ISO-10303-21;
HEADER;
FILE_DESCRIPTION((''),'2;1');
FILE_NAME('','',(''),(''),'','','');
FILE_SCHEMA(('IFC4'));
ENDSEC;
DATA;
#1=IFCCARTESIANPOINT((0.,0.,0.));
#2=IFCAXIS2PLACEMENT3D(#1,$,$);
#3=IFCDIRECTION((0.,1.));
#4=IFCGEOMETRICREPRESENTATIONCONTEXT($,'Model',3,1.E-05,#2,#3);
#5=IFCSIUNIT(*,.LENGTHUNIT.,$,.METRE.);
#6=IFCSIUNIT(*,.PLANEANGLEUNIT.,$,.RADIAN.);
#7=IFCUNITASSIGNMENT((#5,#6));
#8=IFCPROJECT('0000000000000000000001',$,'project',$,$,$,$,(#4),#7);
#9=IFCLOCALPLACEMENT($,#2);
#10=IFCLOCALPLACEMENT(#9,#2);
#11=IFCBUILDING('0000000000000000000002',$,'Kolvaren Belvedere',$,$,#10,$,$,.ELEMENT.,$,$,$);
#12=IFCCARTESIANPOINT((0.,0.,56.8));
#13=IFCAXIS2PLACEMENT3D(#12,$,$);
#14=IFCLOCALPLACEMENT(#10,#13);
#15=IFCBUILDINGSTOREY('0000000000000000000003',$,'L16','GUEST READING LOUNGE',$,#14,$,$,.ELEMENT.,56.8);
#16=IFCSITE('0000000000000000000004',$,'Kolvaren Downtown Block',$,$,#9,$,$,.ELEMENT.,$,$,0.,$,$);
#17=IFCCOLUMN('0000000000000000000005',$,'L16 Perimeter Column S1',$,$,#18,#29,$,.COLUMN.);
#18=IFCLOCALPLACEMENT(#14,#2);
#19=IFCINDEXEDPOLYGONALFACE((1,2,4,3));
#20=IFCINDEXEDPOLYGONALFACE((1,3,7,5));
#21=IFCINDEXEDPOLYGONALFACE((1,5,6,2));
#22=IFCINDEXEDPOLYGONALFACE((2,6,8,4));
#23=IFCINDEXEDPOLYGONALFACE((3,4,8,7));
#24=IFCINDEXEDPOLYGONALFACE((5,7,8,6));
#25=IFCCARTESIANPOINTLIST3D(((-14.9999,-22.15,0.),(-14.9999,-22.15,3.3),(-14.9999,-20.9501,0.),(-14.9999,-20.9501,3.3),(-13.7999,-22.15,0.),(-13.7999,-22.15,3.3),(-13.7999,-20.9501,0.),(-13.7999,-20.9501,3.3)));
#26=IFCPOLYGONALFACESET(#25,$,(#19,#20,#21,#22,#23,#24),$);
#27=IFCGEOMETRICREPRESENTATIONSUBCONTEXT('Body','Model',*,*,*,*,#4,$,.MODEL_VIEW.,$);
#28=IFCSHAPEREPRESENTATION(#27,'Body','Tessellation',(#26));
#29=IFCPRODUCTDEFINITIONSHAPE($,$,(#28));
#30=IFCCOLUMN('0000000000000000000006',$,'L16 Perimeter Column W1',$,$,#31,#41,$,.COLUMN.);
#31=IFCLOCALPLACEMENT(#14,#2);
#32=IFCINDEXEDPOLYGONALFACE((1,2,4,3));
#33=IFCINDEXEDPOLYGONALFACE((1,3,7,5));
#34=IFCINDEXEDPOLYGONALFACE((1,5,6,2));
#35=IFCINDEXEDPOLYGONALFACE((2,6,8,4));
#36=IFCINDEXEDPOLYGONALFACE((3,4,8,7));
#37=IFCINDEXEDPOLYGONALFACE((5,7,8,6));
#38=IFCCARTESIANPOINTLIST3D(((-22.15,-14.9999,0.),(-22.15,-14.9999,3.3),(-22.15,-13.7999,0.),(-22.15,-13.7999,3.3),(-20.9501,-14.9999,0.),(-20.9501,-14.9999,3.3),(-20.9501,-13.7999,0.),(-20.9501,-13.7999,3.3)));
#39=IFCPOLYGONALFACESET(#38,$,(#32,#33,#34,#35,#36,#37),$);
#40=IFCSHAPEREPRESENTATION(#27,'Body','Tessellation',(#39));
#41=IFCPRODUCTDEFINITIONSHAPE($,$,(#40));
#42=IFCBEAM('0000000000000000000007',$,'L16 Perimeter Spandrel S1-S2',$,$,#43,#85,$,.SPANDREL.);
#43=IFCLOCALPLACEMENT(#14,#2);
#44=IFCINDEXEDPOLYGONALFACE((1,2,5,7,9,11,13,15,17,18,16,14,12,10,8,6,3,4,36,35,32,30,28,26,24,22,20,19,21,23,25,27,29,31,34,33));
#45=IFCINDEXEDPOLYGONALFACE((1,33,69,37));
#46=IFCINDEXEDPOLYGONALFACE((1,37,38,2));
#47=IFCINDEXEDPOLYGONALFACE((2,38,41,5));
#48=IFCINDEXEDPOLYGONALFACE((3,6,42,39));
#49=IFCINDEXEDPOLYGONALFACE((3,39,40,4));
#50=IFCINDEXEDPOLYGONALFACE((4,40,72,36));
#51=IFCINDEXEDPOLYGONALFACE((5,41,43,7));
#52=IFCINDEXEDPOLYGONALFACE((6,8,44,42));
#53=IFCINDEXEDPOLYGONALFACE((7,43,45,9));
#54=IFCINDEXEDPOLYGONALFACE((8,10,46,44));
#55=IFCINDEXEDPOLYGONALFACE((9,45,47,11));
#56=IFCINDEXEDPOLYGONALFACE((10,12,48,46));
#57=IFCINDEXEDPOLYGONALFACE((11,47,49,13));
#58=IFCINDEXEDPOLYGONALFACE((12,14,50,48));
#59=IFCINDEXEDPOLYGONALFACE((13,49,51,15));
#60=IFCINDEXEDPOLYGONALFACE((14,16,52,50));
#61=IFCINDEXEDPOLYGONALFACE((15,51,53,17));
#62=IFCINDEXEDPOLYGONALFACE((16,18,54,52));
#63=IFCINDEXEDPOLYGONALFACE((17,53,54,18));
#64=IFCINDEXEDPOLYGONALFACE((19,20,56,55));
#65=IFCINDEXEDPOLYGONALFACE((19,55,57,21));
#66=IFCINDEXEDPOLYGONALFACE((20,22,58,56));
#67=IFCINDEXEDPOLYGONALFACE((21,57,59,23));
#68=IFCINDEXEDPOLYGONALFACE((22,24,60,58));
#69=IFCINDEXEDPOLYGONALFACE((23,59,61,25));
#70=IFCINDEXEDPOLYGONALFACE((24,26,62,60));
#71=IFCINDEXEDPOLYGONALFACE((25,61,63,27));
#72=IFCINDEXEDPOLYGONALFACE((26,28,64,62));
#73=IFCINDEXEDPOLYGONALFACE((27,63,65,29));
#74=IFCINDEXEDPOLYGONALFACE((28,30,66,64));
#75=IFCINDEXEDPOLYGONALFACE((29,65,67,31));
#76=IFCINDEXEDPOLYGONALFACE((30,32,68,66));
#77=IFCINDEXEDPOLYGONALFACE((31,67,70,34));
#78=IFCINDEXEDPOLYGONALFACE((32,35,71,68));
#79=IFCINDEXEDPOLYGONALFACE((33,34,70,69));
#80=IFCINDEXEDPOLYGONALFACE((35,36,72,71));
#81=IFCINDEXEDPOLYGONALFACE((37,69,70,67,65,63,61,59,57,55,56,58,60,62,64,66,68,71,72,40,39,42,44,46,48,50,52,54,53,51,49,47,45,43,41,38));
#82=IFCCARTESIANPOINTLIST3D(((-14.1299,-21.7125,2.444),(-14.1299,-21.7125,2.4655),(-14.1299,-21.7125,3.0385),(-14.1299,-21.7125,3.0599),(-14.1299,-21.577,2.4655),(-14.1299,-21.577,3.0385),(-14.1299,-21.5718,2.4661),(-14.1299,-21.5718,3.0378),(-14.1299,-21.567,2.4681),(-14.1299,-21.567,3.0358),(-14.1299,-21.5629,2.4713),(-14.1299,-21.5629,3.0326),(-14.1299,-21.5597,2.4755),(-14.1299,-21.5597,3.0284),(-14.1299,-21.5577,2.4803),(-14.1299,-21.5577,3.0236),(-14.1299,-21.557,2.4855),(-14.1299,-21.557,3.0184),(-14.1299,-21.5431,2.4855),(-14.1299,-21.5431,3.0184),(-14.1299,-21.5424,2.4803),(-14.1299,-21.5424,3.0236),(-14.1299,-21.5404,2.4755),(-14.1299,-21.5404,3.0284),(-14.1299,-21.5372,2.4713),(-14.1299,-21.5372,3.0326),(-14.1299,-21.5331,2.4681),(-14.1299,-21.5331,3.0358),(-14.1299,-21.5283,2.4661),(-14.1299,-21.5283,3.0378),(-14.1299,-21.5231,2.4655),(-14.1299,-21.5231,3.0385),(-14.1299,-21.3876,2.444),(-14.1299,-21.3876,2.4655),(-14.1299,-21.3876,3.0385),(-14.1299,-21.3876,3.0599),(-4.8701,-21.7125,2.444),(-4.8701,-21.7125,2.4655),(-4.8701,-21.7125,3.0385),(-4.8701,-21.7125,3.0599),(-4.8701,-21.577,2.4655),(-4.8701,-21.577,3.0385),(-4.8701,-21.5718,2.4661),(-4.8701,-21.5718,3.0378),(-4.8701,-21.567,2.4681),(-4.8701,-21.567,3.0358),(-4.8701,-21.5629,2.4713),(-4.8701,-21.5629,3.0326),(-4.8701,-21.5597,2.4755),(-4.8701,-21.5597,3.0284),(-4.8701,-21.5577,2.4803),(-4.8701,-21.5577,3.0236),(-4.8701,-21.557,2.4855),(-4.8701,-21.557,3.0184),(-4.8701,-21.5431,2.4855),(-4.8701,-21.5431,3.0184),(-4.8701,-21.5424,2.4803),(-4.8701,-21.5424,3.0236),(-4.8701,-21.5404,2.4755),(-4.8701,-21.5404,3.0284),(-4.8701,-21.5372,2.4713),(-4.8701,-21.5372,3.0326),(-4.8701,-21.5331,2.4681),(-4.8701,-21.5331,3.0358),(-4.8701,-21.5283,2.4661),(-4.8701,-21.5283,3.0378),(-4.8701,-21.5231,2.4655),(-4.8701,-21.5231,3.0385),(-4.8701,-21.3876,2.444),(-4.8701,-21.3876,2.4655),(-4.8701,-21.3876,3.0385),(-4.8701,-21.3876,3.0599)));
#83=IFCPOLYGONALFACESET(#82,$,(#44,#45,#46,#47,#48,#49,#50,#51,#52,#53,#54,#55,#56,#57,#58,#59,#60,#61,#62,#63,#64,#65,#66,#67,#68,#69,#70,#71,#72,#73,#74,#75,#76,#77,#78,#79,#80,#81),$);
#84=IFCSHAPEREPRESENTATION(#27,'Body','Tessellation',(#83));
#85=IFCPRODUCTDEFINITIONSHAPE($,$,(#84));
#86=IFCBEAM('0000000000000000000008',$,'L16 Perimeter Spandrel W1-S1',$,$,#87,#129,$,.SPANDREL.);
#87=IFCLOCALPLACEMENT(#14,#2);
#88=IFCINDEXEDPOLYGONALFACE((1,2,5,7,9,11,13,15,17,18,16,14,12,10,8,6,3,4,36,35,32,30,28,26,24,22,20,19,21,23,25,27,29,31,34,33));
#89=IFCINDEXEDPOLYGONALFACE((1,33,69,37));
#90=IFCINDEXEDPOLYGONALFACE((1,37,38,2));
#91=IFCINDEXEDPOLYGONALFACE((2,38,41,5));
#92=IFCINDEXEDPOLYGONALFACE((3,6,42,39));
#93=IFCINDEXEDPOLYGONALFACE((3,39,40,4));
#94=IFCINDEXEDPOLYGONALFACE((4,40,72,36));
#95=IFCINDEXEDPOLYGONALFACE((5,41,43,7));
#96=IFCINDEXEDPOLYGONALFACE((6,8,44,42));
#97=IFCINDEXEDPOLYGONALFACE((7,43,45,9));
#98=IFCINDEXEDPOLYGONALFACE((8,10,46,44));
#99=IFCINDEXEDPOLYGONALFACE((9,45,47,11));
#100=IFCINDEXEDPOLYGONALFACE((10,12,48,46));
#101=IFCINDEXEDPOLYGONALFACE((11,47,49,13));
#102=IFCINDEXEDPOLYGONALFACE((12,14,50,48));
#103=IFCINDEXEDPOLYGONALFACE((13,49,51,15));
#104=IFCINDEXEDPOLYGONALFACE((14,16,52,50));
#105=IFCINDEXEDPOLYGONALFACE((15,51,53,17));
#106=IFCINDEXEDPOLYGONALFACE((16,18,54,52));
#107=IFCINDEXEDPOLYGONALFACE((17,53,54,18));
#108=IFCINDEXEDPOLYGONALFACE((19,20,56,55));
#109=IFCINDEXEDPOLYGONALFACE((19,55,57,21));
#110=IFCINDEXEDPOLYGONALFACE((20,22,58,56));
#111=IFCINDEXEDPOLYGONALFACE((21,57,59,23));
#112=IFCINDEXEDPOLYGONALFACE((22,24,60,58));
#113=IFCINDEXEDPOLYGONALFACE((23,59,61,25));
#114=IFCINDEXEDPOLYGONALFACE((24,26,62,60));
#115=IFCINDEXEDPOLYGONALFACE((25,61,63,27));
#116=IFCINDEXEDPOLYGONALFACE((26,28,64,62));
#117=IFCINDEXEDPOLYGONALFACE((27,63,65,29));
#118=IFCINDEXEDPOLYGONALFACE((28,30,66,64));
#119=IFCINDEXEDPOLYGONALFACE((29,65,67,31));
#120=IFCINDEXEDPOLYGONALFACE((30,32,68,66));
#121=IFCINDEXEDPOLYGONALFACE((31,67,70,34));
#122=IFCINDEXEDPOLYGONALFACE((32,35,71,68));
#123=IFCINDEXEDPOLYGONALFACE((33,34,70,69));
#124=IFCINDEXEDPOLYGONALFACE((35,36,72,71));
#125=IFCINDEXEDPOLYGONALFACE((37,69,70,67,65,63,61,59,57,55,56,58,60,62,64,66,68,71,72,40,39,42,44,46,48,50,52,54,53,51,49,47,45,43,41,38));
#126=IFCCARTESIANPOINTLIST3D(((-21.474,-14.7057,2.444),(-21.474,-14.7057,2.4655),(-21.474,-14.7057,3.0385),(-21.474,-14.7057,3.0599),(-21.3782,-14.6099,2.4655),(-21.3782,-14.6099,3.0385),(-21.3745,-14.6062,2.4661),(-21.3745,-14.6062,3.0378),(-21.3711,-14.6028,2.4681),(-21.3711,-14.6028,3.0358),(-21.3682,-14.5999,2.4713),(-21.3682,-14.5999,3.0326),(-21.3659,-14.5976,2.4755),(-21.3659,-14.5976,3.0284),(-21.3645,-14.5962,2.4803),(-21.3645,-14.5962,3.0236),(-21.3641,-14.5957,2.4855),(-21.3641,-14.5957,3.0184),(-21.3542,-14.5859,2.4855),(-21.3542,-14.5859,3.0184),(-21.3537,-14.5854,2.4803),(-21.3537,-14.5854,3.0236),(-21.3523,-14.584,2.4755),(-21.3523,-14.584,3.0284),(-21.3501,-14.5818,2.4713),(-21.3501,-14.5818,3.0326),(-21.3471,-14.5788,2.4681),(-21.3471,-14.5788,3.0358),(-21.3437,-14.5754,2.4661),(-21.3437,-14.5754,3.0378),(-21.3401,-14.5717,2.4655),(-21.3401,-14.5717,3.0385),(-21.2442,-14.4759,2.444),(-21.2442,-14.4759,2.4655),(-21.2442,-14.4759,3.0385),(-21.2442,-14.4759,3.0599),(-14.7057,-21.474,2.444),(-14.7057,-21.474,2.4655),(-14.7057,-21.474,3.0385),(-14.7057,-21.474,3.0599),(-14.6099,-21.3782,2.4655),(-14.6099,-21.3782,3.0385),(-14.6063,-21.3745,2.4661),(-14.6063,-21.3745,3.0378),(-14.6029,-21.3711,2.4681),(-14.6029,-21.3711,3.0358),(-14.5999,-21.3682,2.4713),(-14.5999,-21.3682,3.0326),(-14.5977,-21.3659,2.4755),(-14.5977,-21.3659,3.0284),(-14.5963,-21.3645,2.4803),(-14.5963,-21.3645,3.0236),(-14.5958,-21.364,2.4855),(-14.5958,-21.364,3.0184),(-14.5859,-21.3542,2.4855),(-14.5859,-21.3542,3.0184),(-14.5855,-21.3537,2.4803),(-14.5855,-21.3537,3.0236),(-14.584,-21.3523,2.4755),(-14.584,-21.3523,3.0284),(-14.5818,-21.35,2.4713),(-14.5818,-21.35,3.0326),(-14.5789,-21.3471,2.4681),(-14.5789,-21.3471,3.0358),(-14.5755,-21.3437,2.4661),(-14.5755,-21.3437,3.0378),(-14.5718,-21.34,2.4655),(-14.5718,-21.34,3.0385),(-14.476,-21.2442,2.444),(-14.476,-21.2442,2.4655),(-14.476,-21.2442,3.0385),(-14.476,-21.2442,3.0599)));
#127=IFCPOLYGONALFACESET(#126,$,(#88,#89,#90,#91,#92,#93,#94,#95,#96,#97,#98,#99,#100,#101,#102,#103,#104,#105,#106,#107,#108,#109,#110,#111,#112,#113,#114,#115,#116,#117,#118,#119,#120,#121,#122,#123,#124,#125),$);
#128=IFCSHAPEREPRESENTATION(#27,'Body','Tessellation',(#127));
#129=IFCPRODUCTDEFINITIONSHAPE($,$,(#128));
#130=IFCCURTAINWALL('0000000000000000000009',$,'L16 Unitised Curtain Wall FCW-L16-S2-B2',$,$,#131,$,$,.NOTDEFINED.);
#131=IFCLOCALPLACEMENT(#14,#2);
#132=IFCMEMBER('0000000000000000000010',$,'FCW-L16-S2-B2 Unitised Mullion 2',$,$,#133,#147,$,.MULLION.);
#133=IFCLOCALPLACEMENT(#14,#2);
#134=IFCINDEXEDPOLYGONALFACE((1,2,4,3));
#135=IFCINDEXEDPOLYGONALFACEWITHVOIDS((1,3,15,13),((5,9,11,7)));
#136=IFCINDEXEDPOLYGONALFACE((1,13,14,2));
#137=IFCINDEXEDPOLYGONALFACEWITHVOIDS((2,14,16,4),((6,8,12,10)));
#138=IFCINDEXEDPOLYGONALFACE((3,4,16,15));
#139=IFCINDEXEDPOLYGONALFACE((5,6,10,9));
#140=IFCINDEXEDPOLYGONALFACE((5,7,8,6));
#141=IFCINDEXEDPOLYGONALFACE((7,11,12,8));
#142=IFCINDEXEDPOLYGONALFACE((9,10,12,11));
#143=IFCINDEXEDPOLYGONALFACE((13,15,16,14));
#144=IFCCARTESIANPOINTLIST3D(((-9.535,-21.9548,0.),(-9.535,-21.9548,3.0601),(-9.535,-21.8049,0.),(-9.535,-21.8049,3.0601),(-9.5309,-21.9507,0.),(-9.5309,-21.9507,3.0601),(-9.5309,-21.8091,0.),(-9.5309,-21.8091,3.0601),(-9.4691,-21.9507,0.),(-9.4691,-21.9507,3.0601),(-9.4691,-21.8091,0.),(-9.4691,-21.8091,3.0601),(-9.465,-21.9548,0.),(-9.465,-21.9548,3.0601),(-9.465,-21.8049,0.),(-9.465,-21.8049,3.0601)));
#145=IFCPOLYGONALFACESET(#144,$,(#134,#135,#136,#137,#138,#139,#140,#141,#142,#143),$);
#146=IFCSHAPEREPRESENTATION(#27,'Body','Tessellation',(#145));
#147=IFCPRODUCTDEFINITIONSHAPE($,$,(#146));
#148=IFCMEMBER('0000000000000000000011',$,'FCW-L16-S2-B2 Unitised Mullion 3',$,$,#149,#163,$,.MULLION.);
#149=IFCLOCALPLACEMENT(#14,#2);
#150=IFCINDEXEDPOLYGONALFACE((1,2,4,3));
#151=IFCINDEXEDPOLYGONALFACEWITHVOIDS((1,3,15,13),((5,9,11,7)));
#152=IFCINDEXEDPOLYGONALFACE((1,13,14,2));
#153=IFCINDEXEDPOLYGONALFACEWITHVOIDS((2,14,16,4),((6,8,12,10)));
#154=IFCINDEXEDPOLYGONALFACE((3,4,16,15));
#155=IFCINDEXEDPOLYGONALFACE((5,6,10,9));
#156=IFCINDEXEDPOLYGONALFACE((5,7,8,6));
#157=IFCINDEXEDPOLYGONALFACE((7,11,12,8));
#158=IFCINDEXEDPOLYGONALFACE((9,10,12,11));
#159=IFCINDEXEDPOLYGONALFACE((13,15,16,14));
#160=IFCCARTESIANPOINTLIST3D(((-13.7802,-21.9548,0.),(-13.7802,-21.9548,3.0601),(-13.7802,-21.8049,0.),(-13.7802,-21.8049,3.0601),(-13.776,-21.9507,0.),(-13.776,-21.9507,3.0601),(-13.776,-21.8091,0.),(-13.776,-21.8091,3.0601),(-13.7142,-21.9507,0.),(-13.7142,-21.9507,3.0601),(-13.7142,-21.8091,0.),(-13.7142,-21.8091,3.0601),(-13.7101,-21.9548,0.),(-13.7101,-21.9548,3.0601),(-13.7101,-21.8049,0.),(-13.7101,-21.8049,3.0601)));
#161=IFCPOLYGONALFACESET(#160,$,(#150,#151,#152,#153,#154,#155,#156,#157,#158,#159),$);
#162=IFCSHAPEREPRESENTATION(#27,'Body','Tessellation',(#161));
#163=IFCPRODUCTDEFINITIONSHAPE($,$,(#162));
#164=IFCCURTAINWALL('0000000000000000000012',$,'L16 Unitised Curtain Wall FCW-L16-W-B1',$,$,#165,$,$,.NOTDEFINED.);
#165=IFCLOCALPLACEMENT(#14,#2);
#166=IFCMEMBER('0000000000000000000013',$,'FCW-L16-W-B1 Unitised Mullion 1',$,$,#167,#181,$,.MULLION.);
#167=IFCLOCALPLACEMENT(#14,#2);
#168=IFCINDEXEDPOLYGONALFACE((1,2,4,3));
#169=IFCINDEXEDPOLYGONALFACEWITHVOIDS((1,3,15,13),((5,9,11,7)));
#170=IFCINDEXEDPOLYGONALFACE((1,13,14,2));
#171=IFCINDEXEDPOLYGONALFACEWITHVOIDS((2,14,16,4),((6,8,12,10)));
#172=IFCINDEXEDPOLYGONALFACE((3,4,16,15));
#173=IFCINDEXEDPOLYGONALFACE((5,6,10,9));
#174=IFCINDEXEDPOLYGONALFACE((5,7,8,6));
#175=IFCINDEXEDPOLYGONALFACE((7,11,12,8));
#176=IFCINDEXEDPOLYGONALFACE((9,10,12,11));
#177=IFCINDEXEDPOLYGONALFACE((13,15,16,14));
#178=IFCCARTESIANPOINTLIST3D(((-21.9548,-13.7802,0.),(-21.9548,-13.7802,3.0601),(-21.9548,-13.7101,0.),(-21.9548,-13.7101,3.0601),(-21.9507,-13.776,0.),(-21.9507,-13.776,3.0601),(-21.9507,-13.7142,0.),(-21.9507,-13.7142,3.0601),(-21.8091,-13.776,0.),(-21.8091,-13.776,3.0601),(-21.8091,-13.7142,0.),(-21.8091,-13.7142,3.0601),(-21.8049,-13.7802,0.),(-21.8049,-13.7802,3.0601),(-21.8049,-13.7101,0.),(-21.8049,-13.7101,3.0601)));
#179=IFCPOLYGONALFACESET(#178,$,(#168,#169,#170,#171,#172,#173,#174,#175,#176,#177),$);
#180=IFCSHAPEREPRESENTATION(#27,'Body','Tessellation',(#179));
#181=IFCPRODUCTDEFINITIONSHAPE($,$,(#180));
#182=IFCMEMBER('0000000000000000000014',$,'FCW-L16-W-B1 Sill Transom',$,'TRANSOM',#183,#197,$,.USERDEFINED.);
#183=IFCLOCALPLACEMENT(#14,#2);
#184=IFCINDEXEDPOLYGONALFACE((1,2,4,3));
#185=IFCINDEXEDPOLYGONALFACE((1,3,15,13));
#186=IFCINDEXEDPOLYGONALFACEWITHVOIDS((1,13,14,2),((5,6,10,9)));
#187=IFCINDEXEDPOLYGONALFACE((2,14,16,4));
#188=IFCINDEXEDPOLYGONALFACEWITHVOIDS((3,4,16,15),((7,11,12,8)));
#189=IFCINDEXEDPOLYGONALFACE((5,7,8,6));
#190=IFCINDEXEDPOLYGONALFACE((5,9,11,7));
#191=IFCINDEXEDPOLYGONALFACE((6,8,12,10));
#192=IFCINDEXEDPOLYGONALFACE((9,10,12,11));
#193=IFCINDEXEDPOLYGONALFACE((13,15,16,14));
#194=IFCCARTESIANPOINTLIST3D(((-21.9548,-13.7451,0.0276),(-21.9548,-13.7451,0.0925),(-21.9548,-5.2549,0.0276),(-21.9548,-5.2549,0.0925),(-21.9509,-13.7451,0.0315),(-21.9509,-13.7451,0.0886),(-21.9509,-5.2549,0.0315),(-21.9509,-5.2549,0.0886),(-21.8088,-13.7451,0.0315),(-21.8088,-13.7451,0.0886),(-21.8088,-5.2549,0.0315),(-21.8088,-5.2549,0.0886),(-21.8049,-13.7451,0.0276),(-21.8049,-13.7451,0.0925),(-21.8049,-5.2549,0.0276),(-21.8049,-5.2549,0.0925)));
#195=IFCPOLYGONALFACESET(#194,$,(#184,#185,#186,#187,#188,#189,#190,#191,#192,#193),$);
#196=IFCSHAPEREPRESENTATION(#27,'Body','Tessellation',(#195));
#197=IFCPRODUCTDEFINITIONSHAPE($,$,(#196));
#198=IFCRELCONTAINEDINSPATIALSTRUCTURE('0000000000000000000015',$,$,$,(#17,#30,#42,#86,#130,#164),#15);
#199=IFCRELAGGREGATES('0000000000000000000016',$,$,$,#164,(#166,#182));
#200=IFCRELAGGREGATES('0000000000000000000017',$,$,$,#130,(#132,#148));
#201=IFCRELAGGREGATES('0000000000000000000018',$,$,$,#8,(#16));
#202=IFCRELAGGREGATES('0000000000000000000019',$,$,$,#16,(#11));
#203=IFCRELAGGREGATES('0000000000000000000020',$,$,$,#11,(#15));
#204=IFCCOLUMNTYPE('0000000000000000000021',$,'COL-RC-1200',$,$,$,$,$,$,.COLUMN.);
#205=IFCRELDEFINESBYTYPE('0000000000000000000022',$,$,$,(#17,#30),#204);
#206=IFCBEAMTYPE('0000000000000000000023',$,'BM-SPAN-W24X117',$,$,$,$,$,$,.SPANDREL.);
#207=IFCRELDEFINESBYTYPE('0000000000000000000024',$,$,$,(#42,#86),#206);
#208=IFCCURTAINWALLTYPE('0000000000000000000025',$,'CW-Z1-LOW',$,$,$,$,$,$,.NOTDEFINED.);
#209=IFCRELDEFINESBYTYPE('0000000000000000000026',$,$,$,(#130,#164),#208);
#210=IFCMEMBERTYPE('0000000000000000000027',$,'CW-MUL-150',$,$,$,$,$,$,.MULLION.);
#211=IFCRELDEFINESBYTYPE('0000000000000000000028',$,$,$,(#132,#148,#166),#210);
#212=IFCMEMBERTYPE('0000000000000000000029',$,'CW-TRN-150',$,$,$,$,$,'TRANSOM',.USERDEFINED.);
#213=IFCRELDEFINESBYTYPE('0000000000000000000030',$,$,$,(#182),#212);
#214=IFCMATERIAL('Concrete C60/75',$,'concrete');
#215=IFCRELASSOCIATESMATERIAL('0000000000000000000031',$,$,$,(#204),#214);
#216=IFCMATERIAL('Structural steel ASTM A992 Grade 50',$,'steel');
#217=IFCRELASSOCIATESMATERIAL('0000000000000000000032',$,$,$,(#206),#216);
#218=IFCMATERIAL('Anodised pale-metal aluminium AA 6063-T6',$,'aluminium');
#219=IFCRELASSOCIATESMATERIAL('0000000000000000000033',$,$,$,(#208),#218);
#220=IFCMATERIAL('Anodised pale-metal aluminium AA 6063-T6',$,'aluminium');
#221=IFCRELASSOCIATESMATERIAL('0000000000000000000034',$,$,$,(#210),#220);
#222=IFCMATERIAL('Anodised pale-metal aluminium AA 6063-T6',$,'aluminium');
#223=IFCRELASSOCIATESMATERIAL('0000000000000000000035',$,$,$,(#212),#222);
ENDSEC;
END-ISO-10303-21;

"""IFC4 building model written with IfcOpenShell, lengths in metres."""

from ifc_helpers import new_model, si_unit, direction, frame, origin, origin_2d, place, context, subcontext, project, spatial, rectangle, hollow_rectangle, i_section, extrude, material, material_profile, profile_set, type_object, element, aggregate, save


model = new_model("IFC4")

# Units and contexts
model_context = context("Model", 3, precision=1e-05, world=origin(), true_north=direction((0.0, 1.0)))
body_context = subcontext(model_context, "Body", "Model", "MODEL_VIEW")
ifc_project = project(units=[si_unit("LENGTHUNIT", "METRE"), si_unit("PLANEANGLEUNIT", "RADIAN")], contexts=[model_context])

# Site, building, storey
site_placement = place(None, origin())
site = spatial("IfcSite", under=ifc_project, at=site_placement, Name="Kolvaren Downtown Block", CompositionType="ELEMENT", RefElevation=0.0)
building_placement = place(site_placement, origin())
building = spatial("IfcBuilding", under=site, at=building_placement, Name="Kolvaren Belvedere", CompositionType="ELEMENT")
storey_placement = place(building_placement, frame((0.0, 0.0, 56.8)))
storey = spatial("IfcBuildingStorey", under=building, at=storey_placement, Name="L16", Description="GUEST READING LOUNGE", CompositionType="ELEMENT", Elevation=56.8)

# Columns
ifc_material_1 = material(Name="Concrete C60/75", Category="concrete")
ifc_material_profile_1 = material_profile(ifc_material_1, rectangle(XDim=1.2, YDim=1.2, at=origin_2d()), Name="RC 1200X1200")
ifc_profile_set_1 = profile_set([ifc_material_profile_1], Name="Concrete C60/75")
column_type = type_object("IfcColumnType", Name="COL-RC-1200", PredefinedType="COLUMN", material=ifc_profile_set_1)
for number, where, z_axis, x_axis, name in (
    (1, (-14.3999, -21.55, 0.0), (0.0, 0.0, 1.0), (1.0, 0.0, 0.0), "L16 Perimeter Column S1"),
    (2, (-21.55, -14.3999, 0.0), (0.0, 0.0, 1.0), (1.0, 0.0, 0.0), "L16 Perimeter Column W1"),
):
    element("IfcColumn", number, at=place(storey_placement, frame(where, z_axis=z_axis, x_axis=x_axis)), inside=storey, type_object=column_type, Name=name, PredefinedType="COLUMN", context=body_context, shape_type="SweptSolid", body=[
        extrude(rectangle(XDim=1.2, YDim=1.2, at=origin_2d()), origin(), (0.0, 0.0, 1.0), 3.3),
    ])

# Beams
ifc_material_2 = material(Name="Structural steel ASTM A992 Grade 50", Category="steel")
ifc_material_profile_2 = material_profile(ifc_material_2, i_section(OverallWidth=0.325, OverallDepth=0.616, WebThickness=0.0139, FlangeThickness=0.0215, FilletRadius=0.02, at=origin_2d()), Name="W24X117")
ifc_profile_set_2 = profile_set([ifc_material_profile_2], Name="Structural steel ASTM A992 Grade 50")
beam_type = type_object("IfcBeamType", Name="BM-SPAN-W24X117", PredefinedType="SPANDREL", material=ifc_profile_set_2)
beam_1_placement = place(storey_placement, frame((-14.1299, -21.55, 2.752), z_axis=(1.0, 0.0, 0.0), x_axis=(0.0, 1.0, 0.0)))
element("IfcBeam", 3, at=beam_1_placement, inside=storey, type_object=beam_type, Name="L16 Perimeter Spandrel S1-S2", PredefinedType="SPANDREL", context=body_context, shape_type="SweptSolid", body=[
    extrude(i_section(OverallWidth=0.325, OverallDepth=0.616, WebThickness=0.0139, FlangeThickness=0.0215, FilletRadius=0.02, at=origin_2d()), origin(), (0.0, 0.0, 1.0), 9.2598),
])
beam_2_placement = place(storey_placement, frame((-21.3591, -14.5908, 2.752), z_axis=(0.707107, -0.707107, 0.0), x_axis=(0.707107, 0.707107, 0.0)))
element("IfcBeam", 4, at=beam_2_placement, inside=storey, type_object=beam_type, Name="L16 Perimeter Spandrel W1-S1", PredefinedType="SPANDREL", context=body_context, shape_type="SweptSolid", body=[
    extrude(i_section(OverallWidth=0.325, OverallDepth=0.616, WebThickness=0.0139, FlangeThickness=0.0215, FilletRadius=0.02, at=origin_2d()), origin(), (0.0, 0.0, 1.0), 9.5718),
])

# Curtain walls, members
ifc_material_3 = material(Name="Anodised pale-metal aluminium AA 6063-T6", Category="aluminium")
curtain_wall_type = type_object("IfcCurtainWallType", Name="CW-Z1-LOW", PredefinedType="NOTDEFINED", material=ifc_material_3)
curtain_wall_1_placement = place(storey_placement, origin())
curtain_wall_1 = element("IfcCurtainWall", 5, at=curtain_wall_1_placement, inside=storey, type_object=curtain_wall_type, Name="L16 Unitised Curtain Wall FCW-L16-S2-B2", PredefinedType="NOTDEFINED")
ifc_material_4 = material(Name="Anodised pale-metal aluminium AA 6063-T6", Category="aluminium")
ifc_material_profile_3 = material_profile(ifc_material_4, hollow_rectangle(XDim=0.0701, YDim=0.1499, WallThickness=0.0042, at=origin_2d()), Name="ALU-MUL-150X70")
ifc_profile_set_3 = profile_set([ifc_material_profile_3], Name="Anodised pale-metal aluminium AA 6063-T6")
member_type_1 = type_object("IfcMemberType", Name="CW-MUL-150", PredefinedType="MULLION", material=ifc_profile_set_3)
member_1_placement = place(storey_placement, frame((-9.5, -21.8799, 0.0), z_axis=(0.0, 0.0, 1.0), x_axis=(1.0, 0.0, 0.0)))
member_1 = element("IfcMember", 6, at=member_1_placement, type_object=member_type_1, Name="FCW-L16-S2-B2 Unitised Mullion 2", PredefinedType="MULLION", context=body_context, shape_type="SweptSolid", body=[
    extrude(hollow_rectangle(XDim=0.0701, YDim=0.1499, WallThickness=0.0042, at=origin_2d()), origin(), (0.0, 0.0, 1.0), 3.0601),
])
member_2_placement = place(storey_placement, frame((-13.7451, -21.8799, 0.0), z_axis=(0.0, 0.0, 1.0), x_axis=(1.0, 0.0, 0.0)))
member_2 = element("IfcMember", 7, at=member_2_placement, type_object=member_type_1, Name="FCW-L16-S2-B2 Unitised Mullion 3", PredefinedType="MULLION", context=body_context, shape_type="SweptSolid", body=[
    extrude(hollow_rectangle(XDim=0.0701, YDim=0.1499, WallThickness=0.0042, at=origin_2d()), origin(), (0.0, 0.0, 1.0), 3.0601),
])
curtain_wall_2_placement = place(storey_placement, origin())
curtain_wall_2 = element("IfcCurtainWall", 8, at=curtain_wall_2_placement, inside=storey, type_object=curtain_wall_type, Name="L16 Unitised Curtain Wall FCW-L16-W-B1", PredefinedType="NOTDEFINED")
member_3_placement = place(storey_placement, frame((-21.8799, -13.7451, 0.0), z_axis=(0.0, 0.0, 1.0), x_axis=(0.0, 1.0, 0.0)))
member_3 = element("IfcMember", 9, at=member_3_placement, type_object=member_type_1, Name="FCW-L16-W-B1 Unitised Mullion 1", PredefinedType="MULLION", context=body_context, shape_type="SweptSolid", body=[
    extrude(hollow_rectangle(XDim=0.0701, YDim=0.1499, WallThickness=0.0042, at=origin_2d()), origin(), (0.0, 0.0, 1.0), 3.0601),
])
ifc_material_5 = material(Name="Anodised pale-metal aluminium AA 6063-T6", Category="aluminium")
ifc_material_profile_4 = material_profile(ifc_material_5, hollow_rectangle(XDim=0.0649, YDim=0.1499, WallThickness=0.0039, at=origin_2d()), Name="ALU-TRN-150X65")
ifc_profile_set_4 = profile_set([ifc_material_profile_4], Name="Anodised pale-metal aluminium AA 6063-T6")
member_type_2 = type_object("IfcMemberType", Name="CW-TRN-150", ElementType="TRANSOM", PredefinedType="USERDEFINED", material=ifc_profile_set_4)
member_4_placement = place(storey_placement, frame((-21.8799, -13.7451, 0.0601), z_axis=(0.0, 1.0, 0.0), x_axis=(0.0, 0.0, 1.0)))
member_4 = element("IfcMember", 10, at=member_4_placement, type_object=member_type_2, Name="FCW-L16-W-B1 Sill Transom", ObjectType="TRANSOM", PredefinedType="USERDEFINED", context=body_context, shape_type="SweptSolid", body=[
    extrude(hollow_rectangle(XDim=0.0649, YDim=0.1499, WallThickness=0.0039, at=origin_2d()), origin(), (0.0, 0.0, 1.0), 8.4902),
])
aggregate(curtain_wall_2, [member_3, member_4])

aggregate(curtain_wall_1, [member_1, member_2])

save(model, "model.ifc")
